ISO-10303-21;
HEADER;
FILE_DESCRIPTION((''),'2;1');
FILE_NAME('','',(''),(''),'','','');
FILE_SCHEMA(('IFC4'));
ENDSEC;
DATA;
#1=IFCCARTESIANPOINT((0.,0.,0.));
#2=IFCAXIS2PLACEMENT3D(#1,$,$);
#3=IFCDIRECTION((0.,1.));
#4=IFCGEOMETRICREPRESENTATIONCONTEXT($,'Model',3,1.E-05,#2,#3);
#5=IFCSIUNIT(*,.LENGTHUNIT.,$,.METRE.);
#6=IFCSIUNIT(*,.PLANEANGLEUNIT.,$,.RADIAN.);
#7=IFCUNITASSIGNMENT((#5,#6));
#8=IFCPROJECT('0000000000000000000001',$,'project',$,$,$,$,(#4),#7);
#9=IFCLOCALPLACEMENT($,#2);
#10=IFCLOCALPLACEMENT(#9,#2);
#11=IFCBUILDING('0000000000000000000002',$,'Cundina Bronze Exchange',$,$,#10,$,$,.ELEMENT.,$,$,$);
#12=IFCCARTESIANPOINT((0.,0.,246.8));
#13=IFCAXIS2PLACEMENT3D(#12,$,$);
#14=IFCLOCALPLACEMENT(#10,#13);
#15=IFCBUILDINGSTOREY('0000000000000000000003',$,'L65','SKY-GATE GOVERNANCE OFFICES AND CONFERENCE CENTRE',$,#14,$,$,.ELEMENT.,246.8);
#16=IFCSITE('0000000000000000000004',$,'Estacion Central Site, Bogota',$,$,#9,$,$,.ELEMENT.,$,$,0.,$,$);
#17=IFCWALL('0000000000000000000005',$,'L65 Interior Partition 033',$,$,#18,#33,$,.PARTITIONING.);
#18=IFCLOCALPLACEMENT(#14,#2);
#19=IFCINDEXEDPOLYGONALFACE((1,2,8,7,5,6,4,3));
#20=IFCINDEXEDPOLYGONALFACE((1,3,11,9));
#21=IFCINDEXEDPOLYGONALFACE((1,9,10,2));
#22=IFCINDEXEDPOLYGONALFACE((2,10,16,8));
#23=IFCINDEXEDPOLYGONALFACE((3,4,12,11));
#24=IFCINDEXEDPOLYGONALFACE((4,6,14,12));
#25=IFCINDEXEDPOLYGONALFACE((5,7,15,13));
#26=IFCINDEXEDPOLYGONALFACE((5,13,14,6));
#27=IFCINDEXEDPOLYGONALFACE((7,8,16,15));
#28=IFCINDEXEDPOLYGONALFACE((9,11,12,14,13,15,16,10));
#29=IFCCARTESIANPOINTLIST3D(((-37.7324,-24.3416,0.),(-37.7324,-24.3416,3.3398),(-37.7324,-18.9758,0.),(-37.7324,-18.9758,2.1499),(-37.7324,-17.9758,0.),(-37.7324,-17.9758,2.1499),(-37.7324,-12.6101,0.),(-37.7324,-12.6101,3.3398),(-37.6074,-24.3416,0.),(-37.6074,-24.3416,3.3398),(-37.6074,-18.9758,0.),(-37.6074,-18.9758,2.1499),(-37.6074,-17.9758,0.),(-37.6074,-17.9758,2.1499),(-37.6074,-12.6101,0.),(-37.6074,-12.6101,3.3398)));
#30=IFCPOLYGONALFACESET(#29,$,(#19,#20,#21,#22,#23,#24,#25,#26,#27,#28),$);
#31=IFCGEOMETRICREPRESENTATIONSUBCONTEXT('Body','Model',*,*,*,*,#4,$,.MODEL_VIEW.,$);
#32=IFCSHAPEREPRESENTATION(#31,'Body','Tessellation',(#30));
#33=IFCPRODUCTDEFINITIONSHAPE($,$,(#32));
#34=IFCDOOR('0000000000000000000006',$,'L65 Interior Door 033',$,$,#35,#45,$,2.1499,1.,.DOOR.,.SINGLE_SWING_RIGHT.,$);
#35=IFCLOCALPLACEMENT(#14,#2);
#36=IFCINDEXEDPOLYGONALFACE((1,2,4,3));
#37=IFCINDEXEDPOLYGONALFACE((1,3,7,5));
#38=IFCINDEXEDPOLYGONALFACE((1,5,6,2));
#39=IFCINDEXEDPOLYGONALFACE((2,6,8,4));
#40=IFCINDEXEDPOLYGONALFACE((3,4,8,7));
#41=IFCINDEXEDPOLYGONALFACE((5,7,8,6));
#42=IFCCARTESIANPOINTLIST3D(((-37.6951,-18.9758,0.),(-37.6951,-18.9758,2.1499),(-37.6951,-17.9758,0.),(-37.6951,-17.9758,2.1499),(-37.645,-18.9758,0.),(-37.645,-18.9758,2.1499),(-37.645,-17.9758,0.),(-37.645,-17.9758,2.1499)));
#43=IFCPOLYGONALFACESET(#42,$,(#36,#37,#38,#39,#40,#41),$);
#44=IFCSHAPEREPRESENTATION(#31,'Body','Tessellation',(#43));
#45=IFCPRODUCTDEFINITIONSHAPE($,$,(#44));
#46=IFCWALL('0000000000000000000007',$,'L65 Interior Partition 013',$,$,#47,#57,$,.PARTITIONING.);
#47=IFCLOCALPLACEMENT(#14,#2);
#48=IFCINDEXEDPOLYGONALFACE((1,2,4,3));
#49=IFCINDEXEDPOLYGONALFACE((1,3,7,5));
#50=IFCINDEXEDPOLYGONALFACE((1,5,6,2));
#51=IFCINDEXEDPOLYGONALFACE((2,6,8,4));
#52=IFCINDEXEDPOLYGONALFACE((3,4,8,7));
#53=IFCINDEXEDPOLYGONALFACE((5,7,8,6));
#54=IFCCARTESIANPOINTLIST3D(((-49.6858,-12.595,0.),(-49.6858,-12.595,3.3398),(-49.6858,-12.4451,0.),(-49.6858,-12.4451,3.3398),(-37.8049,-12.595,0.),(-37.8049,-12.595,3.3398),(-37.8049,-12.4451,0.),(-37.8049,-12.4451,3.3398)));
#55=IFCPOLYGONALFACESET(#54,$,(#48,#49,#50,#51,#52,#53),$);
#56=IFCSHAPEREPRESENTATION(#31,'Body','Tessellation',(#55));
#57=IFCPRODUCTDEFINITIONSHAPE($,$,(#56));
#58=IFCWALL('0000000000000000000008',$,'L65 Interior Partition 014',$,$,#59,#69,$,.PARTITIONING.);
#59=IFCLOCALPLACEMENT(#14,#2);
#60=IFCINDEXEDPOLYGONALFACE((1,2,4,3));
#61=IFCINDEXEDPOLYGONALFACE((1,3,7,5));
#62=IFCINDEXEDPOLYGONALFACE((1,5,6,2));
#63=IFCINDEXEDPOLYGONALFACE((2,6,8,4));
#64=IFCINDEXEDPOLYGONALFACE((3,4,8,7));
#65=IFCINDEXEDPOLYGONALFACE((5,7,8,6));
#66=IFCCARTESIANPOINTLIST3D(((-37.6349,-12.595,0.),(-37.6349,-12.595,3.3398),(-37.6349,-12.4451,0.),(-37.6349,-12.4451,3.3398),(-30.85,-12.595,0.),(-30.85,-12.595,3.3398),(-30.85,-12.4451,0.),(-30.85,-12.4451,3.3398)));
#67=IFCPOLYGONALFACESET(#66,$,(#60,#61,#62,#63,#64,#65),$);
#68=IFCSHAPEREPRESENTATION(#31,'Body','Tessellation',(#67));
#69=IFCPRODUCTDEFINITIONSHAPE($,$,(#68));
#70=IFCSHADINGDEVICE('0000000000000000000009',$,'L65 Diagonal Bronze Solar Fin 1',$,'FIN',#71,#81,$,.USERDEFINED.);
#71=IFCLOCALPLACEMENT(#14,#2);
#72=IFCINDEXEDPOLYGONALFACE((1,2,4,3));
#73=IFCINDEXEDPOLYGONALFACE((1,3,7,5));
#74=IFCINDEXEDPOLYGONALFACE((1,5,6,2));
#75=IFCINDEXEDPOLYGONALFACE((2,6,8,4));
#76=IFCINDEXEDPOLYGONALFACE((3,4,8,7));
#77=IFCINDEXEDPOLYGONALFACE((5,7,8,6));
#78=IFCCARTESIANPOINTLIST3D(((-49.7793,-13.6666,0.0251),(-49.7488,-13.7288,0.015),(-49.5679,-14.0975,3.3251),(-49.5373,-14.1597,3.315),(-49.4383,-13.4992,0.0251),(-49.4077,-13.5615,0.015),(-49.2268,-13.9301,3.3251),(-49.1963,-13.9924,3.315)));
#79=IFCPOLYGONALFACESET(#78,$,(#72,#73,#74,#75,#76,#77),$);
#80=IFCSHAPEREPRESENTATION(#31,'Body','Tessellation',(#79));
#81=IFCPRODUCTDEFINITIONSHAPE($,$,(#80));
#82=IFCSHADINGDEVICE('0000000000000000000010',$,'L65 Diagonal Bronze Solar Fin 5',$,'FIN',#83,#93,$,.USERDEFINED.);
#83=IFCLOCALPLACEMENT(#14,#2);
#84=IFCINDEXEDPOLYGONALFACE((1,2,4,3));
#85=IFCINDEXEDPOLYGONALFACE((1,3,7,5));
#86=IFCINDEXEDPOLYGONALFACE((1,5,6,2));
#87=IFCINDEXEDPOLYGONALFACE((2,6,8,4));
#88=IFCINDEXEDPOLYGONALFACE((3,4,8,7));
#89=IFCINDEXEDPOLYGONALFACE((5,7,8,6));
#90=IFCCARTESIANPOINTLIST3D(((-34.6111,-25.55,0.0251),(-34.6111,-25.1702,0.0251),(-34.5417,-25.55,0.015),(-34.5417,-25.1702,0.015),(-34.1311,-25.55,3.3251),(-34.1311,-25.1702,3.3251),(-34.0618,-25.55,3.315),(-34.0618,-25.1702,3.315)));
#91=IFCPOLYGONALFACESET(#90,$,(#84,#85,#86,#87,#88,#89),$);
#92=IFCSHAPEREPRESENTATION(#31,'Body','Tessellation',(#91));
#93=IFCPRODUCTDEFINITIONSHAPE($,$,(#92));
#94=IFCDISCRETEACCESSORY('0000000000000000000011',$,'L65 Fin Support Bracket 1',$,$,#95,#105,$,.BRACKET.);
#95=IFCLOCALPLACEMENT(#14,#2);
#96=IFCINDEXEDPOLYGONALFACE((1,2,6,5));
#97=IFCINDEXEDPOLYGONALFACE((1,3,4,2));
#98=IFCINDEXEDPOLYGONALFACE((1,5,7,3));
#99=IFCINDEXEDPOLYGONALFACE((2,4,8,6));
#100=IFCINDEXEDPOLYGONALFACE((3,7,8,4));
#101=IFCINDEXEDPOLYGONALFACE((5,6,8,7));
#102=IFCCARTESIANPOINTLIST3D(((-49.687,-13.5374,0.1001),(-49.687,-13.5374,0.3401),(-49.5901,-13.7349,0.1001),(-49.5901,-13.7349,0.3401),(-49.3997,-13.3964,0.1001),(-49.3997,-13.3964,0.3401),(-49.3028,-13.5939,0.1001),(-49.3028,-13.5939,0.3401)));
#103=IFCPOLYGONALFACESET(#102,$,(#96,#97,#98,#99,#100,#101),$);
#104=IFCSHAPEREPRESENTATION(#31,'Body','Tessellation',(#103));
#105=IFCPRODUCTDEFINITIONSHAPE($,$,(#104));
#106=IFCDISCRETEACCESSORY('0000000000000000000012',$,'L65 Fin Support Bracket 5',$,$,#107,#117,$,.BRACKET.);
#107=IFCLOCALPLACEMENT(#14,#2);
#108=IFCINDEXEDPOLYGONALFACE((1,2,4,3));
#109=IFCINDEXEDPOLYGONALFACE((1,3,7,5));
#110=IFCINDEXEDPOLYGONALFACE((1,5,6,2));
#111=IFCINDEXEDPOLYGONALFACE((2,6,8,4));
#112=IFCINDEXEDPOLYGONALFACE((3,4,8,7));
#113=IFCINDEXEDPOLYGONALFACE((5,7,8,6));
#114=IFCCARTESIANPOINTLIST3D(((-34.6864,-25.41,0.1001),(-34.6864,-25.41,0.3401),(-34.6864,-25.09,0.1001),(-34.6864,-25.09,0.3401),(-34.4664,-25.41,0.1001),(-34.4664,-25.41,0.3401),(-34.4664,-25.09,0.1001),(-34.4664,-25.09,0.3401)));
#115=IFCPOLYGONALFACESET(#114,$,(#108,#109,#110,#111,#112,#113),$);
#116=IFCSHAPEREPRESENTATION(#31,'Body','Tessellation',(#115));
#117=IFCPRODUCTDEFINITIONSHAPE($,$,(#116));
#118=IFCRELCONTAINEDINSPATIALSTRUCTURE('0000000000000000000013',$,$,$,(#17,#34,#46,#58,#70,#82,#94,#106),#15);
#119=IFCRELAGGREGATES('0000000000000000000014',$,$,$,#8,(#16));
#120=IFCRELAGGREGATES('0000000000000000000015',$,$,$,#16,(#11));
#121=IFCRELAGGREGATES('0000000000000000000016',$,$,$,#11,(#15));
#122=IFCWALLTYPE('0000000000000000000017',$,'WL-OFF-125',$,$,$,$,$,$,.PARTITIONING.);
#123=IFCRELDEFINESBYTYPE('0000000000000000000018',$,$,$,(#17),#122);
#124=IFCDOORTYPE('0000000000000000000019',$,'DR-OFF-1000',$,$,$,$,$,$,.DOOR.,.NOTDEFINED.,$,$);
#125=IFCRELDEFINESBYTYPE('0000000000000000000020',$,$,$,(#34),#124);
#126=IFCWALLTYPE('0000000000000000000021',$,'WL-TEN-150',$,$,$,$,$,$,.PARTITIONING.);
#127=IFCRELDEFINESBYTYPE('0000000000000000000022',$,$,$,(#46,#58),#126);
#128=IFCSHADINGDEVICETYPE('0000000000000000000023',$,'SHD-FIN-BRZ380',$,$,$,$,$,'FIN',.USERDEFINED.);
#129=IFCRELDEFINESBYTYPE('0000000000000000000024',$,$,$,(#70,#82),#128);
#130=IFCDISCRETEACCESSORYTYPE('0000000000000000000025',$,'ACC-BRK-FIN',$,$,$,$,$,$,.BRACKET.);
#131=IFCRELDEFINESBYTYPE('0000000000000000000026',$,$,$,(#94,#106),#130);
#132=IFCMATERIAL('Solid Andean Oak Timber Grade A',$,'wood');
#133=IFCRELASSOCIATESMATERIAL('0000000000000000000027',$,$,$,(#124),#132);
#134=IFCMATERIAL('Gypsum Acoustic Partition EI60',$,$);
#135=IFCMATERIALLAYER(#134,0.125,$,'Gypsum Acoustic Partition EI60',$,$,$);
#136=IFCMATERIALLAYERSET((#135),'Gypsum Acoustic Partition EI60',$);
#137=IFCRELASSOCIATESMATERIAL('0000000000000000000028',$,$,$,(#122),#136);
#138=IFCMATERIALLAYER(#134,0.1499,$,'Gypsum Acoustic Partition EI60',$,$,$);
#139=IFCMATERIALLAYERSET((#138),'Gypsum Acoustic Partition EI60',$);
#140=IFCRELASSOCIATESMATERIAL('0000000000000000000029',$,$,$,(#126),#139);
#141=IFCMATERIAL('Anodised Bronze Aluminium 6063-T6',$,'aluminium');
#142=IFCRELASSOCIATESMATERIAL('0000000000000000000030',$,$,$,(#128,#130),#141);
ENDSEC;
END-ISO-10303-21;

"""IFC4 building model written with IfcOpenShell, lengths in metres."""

from ifc_helpers import new_model, si_unit, direction, frame, frame_2d, origin, origin_2d, place, context, subcontext, project, spatial, rectangle, extrude, material, layer, layer_set, material_profile, profile_set, type_object, element, fill, save


model = new_model("IFC4")

# Units and contexts
model_context = context("Model", 3, precision=1e-05, world=origin(), true_north=direction((0.0, 1.0)))
body_context = subcontext(model_context, "Body", "Model", "MODEL_VIEW")
ifc_project = project(units=[si_unit("LENGTHUNIT", "METRE"), si_unit("PLANEANGLEUNIT", "RADIAN")], contexts=[model_context])

# Site, building, storey
site_placement = place(None, origin())
site = spatial("IfcSite", under=ifc_project, at=site_placement, Name="Estacion Central Site, Bogota", CompositionType="ELEMENT", RefElevation=0.0)
building_placement = place(site_placement, origin())
building = spatial("IfcBuilding", under=site, at=building_placement, Name="Cundina Bronze Exchange", CompositionType="ELEMENT")
storey_placement = place(building_placement, frame((0.0, 0.0, 246.8)))
storey = spatial("IfcBuildingStorey", under=building, at=storey_placement, Name="L65", Description="SKY-GATE GOVERNANCE OFFICES AND CONFERENCE CENTRE", CompositionType="ELEMENT", Elevation=246.8)

# Shared definitions
ifc_material_1 = material(Name="Anodised Bronze Aluminium 6063-T6", Category="aluminium")

# Wall, opening, door
ifc_material_2 = material(Name="Solid Andean Oak Timber Grade A", Category="wood")
door_type = type_object("IfcDoorType", Name="DR-OFF-1000", OperationType="NOTDEFINED", PredefinedType="DOOR", material=ifc_material_2)
ifc_material_3 = material(Name="Gypsum Acoustic Partition EI60")
ifc_layer_1 = layer(ifc_material_3, 0.125, Name="Gypsum Acoustic Partition EI60")
ifc_layer_set_1 = layer_set([ifc_layer_1], Name="Gypsum Acoustic Partition EI60")
wall_type_1 = type_object("IfcWallType", Name="WL-OFF-125", PredefinedType="PARTITIONING", material=ifc_layer_set_1)
wall_1_placement = place(storey_placement, frame((-37.6699, -12.6101, 0.0), z_axis=(0.0, 0.0, 1.0), x_axis=(0.0, -1.0, 0.0)))
wall_1 = element("IfcWall", 1, at=wall_1_placement, inside=storey, type_object=wall_type_1, Name="L65 Interior Partition 033", PredefinedType="PARTITIONING", context=body_context, shape_type="SweptSolid", body=[
    extrude(rectangle(XDim=11.7314, YDim=0.125, at=frame_2d((5.8657, 0.0))), origin(), (0.0, 0.0, 1.0), 3.3398),
])
opening_1_placement = place(wall_1_placement, frame((5.3657, 0.0, 0.0)))
opening_1 = element("IfcOpeningElement", 2, at=opening_1_placement, cuts=wall_1, PredefinedType="OPENING", context=body_context, shape_type="SweptSolid", body=[
    extrude(rectangle(XDim=1.0, YDim=2.1499, at=frame_2d((0.5, 1.075))), frame((0.0, 0.0725, 0.0), z_axis=(0.0, -1.0, 0.0), x_axis=(1.0, 0.0, 0.0)), (0.0, 0.0, 1.0), 0.145),
])
door_1_placement = place(opening_1_placement, origin())
door_1 = element("IfcDoor", 3, at=door_1_placement, inside=storey, type_object=door_type, Name="L65 Interior Door 033", OperationType="SINGLE_SWING_RIGHT", OverallHeight=2.1499, OverallWidth=1.0, PredefinedType="DOOR", context=body_context, shape_type="SweptSolid", body=[
    extrude(rectangle(XDim=1.0, YDim=2.1499, at=frame_2d((0.5, 1.075))), frame((0.0, 0.0249, 0.0), z_axis=(0.0, -1.0, 0.0), x_axis=(1.0, 0.0, 0.0)), (0.0, 0.0, 1.0), 0.05),
])
fill(opening_1, door_1)

# Walls
ifc_layer_2 = layer(ifc_material_3, 0.1499, Name="Gypsum Acoustic Partition EI60")
ifc_layer_set_2 = layer_set([ifc_layer_2], Name="Gypsum Acoustic Partition EI60")
wall_type_2 = type_object("IfcWallType", Name="WL-TEN-150", PredefinedType="PARTITIONING", material=ifc_layer_set_2)
wall_2_placement = place(storey_placement, frame((-49.6858, -12.52, 0.0), z_axis=(0.0, 0.0, 1.0), x_axis=(1.0, 0.0, 0.0)))
element("IfcWall", 4, at=wall_2_placement, inside=storey, type_object=wall_type_2, Name="L65 Interior Partition 013", PredefinedType="PARTITIONING", context=body_context, shape_type="SweptSolid", body=[
    extrude(rectangle(XDim=11.8809, YDim=0.1499, at=frame_2d((5.9404, 0.0))), origin(), (0.0, 0.0, 1.0), 3.3398),
])
wall_3_placement = place(storey_placement, frame((-37.635, -12.52, 0.0), z_axis=(0.0, 0.0, 1.0), x_axis=(1.0, 0.0, 0.0)))
element("IfcWall", 5, at=wall_3_placement, inside=storey, type_object=wall_type_2, Name="L65 Interior Partition 014", PredefinedType="PARTITIONING", context=body_context, shape_type="SweptSolid", body=[
    extrude(rectangle(XDim=6.7849, YDim=0.1499, at=frame_2d((3.3926, 0.0))), origin(), (0.0, 0.0, 1.0), 3.3398),
])

# Shading devices
ifc_material_profile_1 = material_profile(ifc_material_1, rectangle(XDim=0.0701, YDim=0.3799, at=origin_2d()), Name="FIN70X380", Category="aluminium")
ifc_profile_set_1 = profile_set([ifc_material_profile_1], Name="Anodised Bronze Aluminium 6063-T6")
shading_device_type = type_object("IfcShadingDeviceType", Name="SHD-FIN-BRZ380", ElementType="FIN", PredefinedType="USERDEFINED", material=ifc_profile_set_1)
for number, where, z_axis, x_axis, name in (
    (6, (-49.5935, -13.614, 0.02), (0.0634, -0.129217, 0.989588), (-0.4359, 0.888411, 0.143932), "L65 Diagonal Bronze Solar Fin 1"),
    (7, (-34.5764, -25.3601, 0.02), (0.143932, 0.0, 0.989588), (-0.989588, 0.0, 0.143932), "L65 Diagonal Bronze Solar Fin 5"),
):
    element("IfcShadingDevice", number, at=place(storey_placement, frame(where, z_axis=z_axis, x_axis=x_axis)), inside=storey, type_object=shading_device_type, Name=name, ObjectType="FIN", PredefinedType="USERDEFINED", context=body_context, shape_type="SweptSolid", body=[
        extrude(rectangle(XDim=0.0701, YDim=0.3799, at=origin_2d()), origin(), (0.0, 0.0, 1.0), 3.3347),
    ])

# Discrete accessories
discrete_accessory_type = type_object("IfcDiscreteAccessoryType", Name="ACC-BRK-FIN", PredefinedType="BRACKET", material=ifc_material_1)
for number, where, z_axis, x_axis, name in (
    (8, (-49.4949, -13.5657, 0.1001), (0.0, 0.0, 1.0), (0.440503, -0.897751, 0.0), "L65 Fin Support Bracket 1"),
    (9, (-34.5764, -25.25, 0.1001), (0.0, 0.0, 1.0), (1.0, 0.0, 0.0), "L65 Fin Support Bracket 5"),
):
    element("IfcDiscreteAccessory", number, at=place(storey_placement, frame(where, z_axis=z_axis, x_axis=x_axis)), inside=storey, type_object=discrete_accessory_type, Name=name, PredefinedType="BRACKET", context=body_context, shape_type="SweptSolid", body=[
        extrude(rectangle(XDim=0.22, YDim=0.3201, at=origin_2d()), origin(), (0.0, 0.0, 1.0), 0.24),
    ])

save(model, "model.ifc")
